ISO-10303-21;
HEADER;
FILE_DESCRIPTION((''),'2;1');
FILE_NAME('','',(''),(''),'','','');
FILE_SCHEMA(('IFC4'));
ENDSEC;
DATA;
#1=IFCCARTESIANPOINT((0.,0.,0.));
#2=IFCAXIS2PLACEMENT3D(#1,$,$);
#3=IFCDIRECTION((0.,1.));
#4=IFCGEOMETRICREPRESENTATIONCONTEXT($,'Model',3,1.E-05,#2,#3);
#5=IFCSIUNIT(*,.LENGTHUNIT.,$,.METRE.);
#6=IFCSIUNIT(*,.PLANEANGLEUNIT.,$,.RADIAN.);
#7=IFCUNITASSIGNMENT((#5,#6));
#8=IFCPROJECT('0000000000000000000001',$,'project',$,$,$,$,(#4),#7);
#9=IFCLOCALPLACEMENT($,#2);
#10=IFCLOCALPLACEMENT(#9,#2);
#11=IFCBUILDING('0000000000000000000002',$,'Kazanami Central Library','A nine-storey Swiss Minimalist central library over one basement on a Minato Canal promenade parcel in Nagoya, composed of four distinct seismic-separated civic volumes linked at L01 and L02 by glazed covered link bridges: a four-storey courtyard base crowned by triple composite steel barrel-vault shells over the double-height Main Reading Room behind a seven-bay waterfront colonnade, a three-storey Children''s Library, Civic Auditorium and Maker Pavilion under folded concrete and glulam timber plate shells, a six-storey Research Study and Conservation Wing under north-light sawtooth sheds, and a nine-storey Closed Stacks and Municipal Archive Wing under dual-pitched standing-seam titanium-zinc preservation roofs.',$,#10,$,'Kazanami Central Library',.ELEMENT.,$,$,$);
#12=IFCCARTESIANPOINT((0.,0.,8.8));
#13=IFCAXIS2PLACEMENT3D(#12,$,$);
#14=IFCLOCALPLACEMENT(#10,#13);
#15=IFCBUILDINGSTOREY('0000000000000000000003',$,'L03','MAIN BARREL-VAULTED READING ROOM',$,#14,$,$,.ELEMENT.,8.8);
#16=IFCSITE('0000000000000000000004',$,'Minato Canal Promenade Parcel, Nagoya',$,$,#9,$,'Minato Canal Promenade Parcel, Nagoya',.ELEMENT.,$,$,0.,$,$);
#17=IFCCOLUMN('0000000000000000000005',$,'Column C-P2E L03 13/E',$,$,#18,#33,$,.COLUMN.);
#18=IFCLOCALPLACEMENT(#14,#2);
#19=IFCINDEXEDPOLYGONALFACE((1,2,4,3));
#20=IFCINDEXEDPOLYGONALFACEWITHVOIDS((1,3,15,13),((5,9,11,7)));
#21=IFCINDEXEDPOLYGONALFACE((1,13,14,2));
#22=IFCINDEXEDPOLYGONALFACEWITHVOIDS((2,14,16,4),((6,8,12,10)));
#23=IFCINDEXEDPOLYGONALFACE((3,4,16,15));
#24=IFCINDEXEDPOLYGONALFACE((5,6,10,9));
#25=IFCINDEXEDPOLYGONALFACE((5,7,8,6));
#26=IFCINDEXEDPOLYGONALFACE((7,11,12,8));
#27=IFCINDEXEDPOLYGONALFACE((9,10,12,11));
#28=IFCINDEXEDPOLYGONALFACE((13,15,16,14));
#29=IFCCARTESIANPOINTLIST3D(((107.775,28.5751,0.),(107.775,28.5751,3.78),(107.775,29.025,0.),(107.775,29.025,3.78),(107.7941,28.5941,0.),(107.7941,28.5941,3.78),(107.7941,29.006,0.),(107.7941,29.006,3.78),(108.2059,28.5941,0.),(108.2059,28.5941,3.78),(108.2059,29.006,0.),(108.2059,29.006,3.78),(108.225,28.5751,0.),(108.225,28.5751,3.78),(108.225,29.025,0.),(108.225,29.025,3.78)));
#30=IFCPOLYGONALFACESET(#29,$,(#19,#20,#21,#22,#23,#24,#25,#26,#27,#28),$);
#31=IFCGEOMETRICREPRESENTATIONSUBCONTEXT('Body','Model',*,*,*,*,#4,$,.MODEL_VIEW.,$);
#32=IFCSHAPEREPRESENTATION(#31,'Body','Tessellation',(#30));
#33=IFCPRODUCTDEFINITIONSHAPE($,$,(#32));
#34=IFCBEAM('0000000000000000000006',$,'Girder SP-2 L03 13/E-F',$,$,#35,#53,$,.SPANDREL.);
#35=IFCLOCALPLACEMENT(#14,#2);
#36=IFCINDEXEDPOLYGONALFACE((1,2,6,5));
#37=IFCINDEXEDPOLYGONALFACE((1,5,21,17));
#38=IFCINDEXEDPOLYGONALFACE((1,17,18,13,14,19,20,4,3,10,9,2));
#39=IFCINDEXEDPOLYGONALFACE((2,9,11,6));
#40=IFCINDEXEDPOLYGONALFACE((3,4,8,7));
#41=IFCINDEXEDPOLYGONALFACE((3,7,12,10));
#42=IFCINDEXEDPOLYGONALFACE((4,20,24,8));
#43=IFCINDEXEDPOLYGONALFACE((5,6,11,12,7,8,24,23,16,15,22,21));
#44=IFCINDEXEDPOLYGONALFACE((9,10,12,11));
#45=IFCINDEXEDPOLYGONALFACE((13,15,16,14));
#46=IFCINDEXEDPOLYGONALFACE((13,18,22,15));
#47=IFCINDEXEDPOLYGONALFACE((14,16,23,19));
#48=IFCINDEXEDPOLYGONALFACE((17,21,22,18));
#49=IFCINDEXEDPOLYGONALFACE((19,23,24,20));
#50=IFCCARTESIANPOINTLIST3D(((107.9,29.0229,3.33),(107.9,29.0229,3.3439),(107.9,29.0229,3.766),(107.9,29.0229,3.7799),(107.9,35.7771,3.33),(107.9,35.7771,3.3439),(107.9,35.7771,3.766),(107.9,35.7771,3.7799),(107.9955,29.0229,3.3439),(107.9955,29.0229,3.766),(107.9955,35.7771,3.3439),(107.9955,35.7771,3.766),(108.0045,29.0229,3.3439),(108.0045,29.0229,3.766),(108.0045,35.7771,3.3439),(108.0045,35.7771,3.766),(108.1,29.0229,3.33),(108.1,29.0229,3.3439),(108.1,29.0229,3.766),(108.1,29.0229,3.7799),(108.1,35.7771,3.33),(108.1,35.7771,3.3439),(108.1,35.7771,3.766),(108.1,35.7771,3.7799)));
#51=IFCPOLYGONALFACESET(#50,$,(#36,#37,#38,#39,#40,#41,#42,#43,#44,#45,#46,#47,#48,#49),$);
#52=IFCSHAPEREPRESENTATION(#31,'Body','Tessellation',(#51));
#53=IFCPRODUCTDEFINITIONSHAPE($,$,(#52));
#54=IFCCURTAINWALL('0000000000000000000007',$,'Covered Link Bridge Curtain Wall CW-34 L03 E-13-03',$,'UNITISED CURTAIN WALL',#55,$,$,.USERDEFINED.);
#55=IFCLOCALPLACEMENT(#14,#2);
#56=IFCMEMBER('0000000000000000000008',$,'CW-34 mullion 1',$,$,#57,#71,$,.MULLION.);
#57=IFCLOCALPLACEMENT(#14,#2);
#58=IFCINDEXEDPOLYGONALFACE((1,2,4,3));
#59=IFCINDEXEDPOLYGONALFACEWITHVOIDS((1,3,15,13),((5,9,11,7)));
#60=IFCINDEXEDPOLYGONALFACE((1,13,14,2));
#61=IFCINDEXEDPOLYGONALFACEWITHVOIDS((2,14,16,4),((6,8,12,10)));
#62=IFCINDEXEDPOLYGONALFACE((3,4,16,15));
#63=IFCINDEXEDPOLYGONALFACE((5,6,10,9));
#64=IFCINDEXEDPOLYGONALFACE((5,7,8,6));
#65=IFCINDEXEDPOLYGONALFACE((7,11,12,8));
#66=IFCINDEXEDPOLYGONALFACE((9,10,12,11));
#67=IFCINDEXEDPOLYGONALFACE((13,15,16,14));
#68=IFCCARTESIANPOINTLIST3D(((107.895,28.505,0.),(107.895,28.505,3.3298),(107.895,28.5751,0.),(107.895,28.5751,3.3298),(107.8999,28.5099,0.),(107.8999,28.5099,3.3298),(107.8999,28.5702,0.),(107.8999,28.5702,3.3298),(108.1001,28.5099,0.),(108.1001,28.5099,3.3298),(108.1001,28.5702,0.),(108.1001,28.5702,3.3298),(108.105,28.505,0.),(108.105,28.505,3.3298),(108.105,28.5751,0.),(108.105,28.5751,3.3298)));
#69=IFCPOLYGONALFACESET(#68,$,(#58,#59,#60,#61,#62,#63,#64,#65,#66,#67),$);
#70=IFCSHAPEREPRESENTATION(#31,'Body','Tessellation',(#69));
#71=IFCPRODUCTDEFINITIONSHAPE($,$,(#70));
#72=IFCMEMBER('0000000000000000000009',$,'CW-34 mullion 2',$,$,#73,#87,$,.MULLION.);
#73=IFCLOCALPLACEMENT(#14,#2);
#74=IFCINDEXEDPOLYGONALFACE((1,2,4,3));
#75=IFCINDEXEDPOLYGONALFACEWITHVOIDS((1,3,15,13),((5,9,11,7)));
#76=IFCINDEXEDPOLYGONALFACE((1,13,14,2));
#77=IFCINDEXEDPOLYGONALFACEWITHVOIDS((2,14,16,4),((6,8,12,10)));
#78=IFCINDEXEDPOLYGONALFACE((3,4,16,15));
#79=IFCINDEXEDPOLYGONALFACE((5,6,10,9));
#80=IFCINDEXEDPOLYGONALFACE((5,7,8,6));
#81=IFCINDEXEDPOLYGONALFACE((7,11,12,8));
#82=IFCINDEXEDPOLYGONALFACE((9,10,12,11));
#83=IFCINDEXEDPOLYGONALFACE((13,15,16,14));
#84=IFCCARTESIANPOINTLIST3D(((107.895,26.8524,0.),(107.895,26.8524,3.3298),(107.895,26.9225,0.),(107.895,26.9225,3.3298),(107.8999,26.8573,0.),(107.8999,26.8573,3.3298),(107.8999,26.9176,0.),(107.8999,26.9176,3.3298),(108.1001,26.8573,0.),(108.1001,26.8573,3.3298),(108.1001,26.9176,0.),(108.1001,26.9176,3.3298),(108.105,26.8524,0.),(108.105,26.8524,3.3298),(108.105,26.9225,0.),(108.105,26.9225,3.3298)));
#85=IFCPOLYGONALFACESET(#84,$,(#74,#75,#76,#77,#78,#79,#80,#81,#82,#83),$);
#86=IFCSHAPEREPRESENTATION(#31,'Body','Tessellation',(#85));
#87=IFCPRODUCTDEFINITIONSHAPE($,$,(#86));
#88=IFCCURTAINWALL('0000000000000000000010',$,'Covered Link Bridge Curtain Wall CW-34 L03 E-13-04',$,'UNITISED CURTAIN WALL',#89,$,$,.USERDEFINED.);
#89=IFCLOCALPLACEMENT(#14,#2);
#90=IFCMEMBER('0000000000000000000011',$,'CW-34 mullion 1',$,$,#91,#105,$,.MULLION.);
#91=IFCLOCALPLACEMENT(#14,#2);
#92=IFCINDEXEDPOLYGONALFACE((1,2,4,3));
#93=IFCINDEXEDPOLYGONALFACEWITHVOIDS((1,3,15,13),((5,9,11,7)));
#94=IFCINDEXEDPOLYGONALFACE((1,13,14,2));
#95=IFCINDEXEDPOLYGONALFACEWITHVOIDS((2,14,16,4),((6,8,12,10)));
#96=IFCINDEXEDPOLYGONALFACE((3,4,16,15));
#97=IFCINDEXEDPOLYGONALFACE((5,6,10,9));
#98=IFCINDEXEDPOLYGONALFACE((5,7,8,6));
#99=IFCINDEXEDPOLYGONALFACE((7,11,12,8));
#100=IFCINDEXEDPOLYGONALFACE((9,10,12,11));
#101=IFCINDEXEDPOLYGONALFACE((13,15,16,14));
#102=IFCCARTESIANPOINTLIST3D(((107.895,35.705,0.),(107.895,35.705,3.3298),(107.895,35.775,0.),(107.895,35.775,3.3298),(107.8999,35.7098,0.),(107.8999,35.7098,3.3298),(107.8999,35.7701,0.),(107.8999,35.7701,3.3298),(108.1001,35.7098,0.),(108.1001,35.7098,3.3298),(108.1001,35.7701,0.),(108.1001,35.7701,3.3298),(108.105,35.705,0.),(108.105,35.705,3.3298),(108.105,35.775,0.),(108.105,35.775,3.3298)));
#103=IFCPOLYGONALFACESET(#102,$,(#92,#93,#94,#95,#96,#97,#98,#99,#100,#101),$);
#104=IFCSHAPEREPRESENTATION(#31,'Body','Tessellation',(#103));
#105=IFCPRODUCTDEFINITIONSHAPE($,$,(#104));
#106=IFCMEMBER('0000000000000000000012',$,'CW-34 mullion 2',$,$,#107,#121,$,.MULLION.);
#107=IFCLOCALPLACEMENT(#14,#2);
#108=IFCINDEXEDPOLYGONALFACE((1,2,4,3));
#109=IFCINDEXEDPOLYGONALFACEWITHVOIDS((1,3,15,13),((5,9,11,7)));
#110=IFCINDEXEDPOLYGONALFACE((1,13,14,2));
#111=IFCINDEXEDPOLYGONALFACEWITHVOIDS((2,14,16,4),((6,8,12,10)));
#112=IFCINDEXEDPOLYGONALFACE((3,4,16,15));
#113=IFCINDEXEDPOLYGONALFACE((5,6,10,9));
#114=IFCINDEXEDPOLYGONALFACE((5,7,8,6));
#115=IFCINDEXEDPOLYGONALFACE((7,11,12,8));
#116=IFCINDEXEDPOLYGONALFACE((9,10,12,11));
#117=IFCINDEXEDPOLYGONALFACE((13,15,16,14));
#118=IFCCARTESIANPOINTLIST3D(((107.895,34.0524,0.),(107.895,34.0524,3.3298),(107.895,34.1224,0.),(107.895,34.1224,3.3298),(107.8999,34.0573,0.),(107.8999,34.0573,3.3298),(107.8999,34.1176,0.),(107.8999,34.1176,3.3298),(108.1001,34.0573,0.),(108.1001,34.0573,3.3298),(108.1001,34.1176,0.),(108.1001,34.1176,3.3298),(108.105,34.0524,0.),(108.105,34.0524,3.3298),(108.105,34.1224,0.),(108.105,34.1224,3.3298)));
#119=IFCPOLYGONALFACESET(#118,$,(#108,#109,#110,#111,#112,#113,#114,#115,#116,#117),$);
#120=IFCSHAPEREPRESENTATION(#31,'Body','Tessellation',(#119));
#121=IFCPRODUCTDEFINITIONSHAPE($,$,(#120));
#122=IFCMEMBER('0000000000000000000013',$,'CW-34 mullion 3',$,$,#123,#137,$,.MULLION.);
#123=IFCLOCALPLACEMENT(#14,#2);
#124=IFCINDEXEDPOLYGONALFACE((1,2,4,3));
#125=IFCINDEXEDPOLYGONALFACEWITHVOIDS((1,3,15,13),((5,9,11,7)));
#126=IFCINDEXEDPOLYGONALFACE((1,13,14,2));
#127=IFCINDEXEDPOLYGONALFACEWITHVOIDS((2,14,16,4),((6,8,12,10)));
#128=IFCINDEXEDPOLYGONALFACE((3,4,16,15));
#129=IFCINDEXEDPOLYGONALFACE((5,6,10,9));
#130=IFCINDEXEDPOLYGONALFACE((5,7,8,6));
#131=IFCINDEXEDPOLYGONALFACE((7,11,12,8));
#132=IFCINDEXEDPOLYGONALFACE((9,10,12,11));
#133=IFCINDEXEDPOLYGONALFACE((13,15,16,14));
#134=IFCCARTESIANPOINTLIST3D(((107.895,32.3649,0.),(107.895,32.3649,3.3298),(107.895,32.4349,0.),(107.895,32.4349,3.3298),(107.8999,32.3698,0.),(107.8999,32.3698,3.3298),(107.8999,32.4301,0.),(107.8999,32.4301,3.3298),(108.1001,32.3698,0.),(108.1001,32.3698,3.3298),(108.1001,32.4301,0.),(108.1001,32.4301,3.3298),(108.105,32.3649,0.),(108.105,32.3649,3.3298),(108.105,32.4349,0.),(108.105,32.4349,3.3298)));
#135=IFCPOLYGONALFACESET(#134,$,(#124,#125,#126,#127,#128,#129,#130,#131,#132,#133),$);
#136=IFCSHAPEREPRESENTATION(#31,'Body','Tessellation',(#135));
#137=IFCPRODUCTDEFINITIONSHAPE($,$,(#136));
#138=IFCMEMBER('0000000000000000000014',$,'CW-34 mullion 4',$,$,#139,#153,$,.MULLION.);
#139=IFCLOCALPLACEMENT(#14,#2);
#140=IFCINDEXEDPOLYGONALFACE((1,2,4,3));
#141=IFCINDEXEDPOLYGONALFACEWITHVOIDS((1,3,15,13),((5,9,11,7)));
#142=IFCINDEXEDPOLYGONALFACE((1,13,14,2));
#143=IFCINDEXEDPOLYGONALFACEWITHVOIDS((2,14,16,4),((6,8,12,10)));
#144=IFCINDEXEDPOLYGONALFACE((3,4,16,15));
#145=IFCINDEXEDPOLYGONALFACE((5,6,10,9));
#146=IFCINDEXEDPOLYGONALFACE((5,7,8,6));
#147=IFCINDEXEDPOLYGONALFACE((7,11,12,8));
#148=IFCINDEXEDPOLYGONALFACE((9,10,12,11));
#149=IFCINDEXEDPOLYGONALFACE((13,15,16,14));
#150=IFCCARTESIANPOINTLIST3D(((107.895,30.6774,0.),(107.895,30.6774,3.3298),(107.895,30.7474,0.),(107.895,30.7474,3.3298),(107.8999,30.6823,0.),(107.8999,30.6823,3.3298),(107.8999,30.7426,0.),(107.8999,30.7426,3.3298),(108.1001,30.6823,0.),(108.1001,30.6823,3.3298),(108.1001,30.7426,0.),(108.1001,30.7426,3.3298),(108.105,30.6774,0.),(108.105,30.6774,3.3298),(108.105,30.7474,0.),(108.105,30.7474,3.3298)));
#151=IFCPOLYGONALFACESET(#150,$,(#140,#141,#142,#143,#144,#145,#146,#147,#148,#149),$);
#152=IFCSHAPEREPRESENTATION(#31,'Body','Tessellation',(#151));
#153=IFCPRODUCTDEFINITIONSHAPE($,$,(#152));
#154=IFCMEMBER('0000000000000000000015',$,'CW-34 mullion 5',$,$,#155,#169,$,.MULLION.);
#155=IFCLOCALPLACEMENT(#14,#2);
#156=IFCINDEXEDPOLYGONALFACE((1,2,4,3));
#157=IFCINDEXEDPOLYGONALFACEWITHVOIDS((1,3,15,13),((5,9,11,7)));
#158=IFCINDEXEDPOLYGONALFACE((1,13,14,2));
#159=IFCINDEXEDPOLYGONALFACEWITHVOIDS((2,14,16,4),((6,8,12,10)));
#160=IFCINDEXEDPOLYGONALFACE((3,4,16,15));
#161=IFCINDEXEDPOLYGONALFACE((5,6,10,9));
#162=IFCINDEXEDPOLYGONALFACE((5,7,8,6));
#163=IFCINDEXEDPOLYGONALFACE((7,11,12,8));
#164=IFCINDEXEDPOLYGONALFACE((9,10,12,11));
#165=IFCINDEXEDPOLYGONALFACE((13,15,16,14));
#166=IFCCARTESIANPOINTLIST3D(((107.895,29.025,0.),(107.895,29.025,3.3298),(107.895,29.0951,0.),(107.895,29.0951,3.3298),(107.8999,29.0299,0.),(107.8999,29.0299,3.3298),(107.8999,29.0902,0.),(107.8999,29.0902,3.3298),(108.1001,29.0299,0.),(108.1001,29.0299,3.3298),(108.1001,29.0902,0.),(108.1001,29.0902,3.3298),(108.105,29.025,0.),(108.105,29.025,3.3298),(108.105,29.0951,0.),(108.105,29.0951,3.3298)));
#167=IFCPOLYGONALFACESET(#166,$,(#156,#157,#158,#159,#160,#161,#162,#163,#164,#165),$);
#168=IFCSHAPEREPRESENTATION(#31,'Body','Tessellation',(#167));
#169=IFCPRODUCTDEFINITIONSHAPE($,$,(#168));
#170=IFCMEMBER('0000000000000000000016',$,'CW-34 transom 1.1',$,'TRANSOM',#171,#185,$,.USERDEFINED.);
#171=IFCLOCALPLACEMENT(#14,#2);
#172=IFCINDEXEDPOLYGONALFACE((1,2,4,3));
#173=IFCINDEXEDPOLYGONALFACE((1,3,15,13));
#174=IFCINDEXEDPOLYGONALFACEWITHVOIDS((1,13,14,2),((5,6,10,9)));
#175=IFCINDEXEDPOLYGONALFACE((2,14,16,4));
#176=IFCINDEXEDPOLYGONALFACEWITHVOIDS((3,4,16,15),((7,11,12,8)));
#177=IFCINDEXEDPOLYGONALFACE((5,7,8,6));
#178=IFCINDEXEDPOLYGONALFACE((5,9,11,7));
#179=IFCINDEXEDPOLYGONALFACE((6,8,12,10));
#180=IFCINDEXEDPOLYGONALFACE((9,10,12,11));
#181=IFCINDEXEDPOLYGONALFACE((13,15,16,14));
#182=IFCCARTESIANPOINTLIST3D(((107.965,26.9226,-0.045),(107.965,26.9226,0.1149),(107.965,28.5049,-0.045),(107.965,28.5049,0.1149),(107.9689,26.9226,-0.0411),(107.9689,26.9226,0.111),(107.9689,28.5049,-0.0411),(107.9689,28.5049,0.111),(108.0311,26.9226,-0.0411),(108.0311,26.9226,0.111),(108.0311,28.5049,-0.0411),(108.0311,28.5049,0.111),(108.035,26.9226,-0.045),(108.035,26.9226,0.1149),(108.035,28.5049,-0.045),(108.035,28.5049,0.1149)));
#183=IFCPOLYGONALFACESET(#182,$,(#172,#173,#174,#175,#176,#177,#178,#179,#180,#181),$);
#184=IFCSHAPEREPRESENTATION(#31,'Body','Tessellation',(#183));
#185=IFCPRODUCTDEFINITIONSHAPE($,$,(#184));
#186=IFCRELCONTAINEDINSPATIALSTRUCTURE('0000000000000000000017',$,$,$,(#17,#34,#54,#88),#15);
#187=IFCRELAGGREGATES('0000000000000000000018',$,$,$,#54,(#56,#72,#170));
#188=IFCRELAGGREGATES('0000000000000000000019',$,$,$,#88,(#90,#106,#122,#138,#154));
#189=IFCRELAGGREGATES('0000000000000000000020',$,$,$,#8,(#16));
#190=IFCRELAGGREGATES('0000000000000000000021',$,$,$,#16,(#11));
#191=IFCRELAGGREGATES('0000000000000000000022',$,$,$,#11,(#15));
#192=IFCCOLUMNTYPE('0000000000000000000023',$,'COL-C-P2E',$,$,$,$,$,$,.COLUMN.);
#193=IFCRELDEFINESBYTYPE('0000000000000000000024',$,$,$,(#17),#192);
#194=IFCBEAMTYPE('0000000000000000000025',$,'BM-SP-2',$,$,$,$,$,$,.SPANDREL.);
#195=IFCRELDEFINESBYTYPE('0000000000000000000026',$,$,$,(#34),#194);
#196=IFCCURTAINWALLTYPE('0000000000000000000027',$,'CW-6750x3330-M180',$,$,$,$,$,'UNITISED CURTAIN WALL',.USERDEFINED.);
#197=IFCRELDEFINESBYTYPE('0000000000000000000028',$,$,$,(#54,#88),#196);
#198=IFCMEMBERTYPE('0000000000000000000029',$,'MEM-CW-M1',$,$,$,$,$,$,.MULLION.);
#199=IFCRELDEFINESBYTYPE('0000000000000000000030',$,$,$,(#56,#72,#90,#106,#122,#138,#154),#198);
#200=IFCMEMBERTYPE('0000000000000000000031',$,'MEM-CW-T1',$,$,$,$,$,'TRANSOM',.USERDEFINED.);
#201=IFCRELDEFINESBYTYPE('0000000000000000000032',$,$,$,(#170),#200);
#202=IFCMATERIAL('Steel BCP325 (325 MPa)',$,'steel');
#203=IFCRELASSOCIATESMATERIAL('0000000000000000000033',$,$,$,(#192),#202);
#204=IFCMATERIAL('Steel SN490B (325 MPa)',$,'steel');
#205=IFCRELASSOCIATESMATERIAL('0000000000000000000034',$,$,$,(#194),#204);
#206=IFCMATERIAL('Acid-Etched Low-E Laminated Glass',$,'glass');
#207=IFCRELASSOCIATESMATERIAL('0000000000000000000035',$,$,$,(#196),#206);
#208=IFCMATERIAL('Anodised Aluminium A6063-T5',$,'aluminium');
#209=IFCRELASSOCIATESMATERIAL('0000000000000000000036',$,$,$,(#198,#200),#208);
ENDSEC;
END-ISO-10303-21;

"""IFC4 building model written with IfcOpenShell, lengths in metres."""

from ifc_helpers import new_model, si_unit, direction, frame, origin, origin_2d, place, context, subcontext, project, spatial, hollow_rectangle, i_section, extrude, material, material_profile, profile_set, type_object, element, aggregate, save


model = new_model("IFC4")

# Units and contexts
model_context = context("Model", 3, precision=1e-05, world=origin(), true_north=direction((0.0, 1.0)))
body_context = subcontext(model_context, "Body", "Model", "MODEL_VIEW")
ifc_project = project(units=[si_unit("LENGTHUNIT", "METRE"), si_unit("PLANEANGLEUNIT", "RADIAN")], contexts=[model_context])

# Site, building, storey
site_placement = place(None, origin())
site = spatial("IfcSite", under=ifc_project, at=site_placement, Name="Minato Canal Promenade Parcel, Nagoya", LongName="Minato Canal Promenade Parcel, Nagoya", CompositionType="ELEMENT", RefElevation=0.0)
building_placement = place(site_placement, origin())
building = spatial("IfcBuilding", under=site, at=building_placement, Name="Kazanami Central Library", Description="A nine-storey Swiss Minimalist central library over one basement on a Minato Canal promenade parcel in Nagoya, composed of four distinct seismic-separated civic volumes linked at L01 and L02 by glazed covered link bridges: a four-storey courtyard base crowned by triple composite steel barrel-vault shells over the double-height Main Reading Room behind a seven-bay waterfront colonnade, a three-storey Children's Library, Civic Auditorium and Maker Pavilion under folded concrete and glulam timber plate shells, a six-storey Research Study and Conservation Wing under north-light sawtooth sheds, and a nine-storey Closed Stacks and Municipal Archive Wing under dual-pitched standing-seam titanium-zinc preservation roofs.", LongName="Kazanami Central Library", CompositionType="ELEMENT")
storey_placement = place(building_placement, frame((0.0, 0.0, 8.8)))
storey = spatial("IfcBuildingStorey", under=building, at=storey_placement, Name="L03", Description="MAIN BARREL-VAULTED READING ROOM", CompositionType="ELEMENT", Elevation=8.8)

# Column
ifc_material_1 = material(Name="Steel BCP325 (325 MPa)", Category="steel")
ifc_material_profile_1 = material_profile(ifc_material_1, hollow_rectangle(XDim=0.45, YDim=0.45, WallThickness=0.019, at=origin_2d()), Name="BCP-450x450x19")
ifc_profile_set_1 = profile_set([ifc_material_profile_1], Name="Steel BCP325 (325 MPa)")
column_type = type_object("IfcColumnType", Name="COL-C-P2E", PredefinedType="COLUMN", material=ifc_profile_set_1)
column_placement = place(storey_placement, frame((108.0, 28.8, 0.0), z_axis=(0.0, 0.0, 1.0), x_axis=(1.0, 0.0, 0.0)))
element("IfcColumn", 1, at=column_placement, inside=storey, type_object=column_type, Name="Column C-P2E L03 13/E", PredefinedType="COLUMN", context=body_context, shape_type="SweptSolid", body=[
    extrude(hollow_rectangle(XDim=0.45, YDim=0.45, WallThickness=0.019, at=origin_2d()), origin(), (0.0, 0.0, 1.0), 3.78),
])

# Beam
ifc_material_2 = material(Name="Steel SN490B (325 MPa)", Category="steel")
ifc_material_profile_2 = material_profile(ifc_material_2, i_section(OverallWidth=0.2, OverallDepth=0.45, WebThickness=0.009, FlangeThickness=0.0139, at=origin_2d()), Name="H-450x200x9x14")
ifc_profile_set_2 = profile_set([ifc_material_profile_2], Name="Steel SN490B (325 MPa)")
beam_type = type_object("IfcBeamType", Name="BM-SP-2", PredefinedType="SPANDREL", material=ifc_profile_set_2)
beam_placement = place(storey_placement, frame((108.0, 29.0229, 3.5549), z_axis=(0.0, 1.0, 0.0), x_axis=(-1.0, 0.0, 0.0)))
element("IfcBeam", 2, at=beam_placement, inside=storey, type_object=beam_type, Name="Girder SP-2 L03 13/E-F", PredefinedType="SPANDREL", context=body_context, shape_type="SweptSolid", body=[
    extrude(i_section(OverallWidth=0.2, OverallDepth=0.45, WebThickness=0.009, FlangeThickness=0.0139, at=origin_2d()), origin(), (0.0, 0.0, 1.0), 6.7542),
])

# Curtain walls, members
ifc_material_3 = material(Name="Acid-Etched Low-E Laminated Glass", Category="glass")
curtain_wall_type = type_object("IfcCurtainWallType", Name="CW-6750x3330-M180", ElementType="UNITISED CURTAIN WALL", PredefinedType="USERDEFINED", material=ifc_material_3)
curtain_wall_1_placement = place(storey_placement, origin())
curtain_wall_1 = element("IfcCurtainWall", 3, at=curtain_wall_1_placement, inside=storey, type_object=curtain_wall_type, Name="Covered Link Bridge Curtain Wall CW-34 L03 E-13-03", ObjectType="UNITISED CURTAIN WALL", PredefinedType="USERDEFINED")
ifc_material_4 = material(Name="Anodised Aluminium A6063-T5", Category="aluminium")
ifc_material_profile_3 = material_profile(ifc_material_4, hollow_rectangle(XDim=0.0701, YDim=0.21, WallThickness=0.0049, at=origin_2d()), Name="ALU-MULL-70x210x5")
ifc_profile_set_3 = profile_set([ifc_material_profile_3], Name="Anodised Aluminium A6063-T5")
member_type_1 = type_object("IfcMemberType", Name="MEM-CW-M1", PredefinedType="MULLION", material=ifc_profile_set_3)
member_1_placement = place(storey_placement, frame((108.0, 28.54, 0.0), z_axis=(0.0, 0.0, 1.0), x_axis=(0.0, -1.0, 0.0)))
member_1 = element("IfcMember", 4, at=member_1_placement, type_object=member_type_1, Name="CW-34 mullion 1", PredefinedType="MULLION", context=body_context, shape_type="SweptSolid", body=[
    extrude(hollow_rectangle(XDim=0.0701, YDim=0.21, WallThickness=0.0049, at=origin_2d()), origin(), (0.0, 0.0, 1.0), 3.3298),
])
member_2_placement = place(storey_placement, frame((108.0, 26.8875, 0.0), z_axis=(0.0, 0.0, 1.0), x_axis=(0.0, -1.0, 0.0)))
member_2 = element("IfcMember", 5, at=member_2_placement, type_object=member_type_1, Name="CW-34 mullion 2", PredefinedType="MULLION", context=body_context, shape_type="SweptSolid", body=[
    extrude(hollow_rectangle(XDim=0.0701, YDim=0.21, WallThickness=0.0049, at=origin_2d()), origin(), (0.0, 0.0, 1.0), 3.3298),
])
curtain_wall_2_placement = place(storey_placement, origin())
curtain_wall_2 = element("IfcCurtainWall", 6, at=curtain_wall_2_placement, inside=storey, type_object=curtain_wall_type, Name="Covered Link Bridge Curtain Wall CW-34 L03 E-13-04", ObjectType="UNITISED CURTAIN WALL", PredefinedType="USERDEFINED")
member_3_placement = place(storey_placement, frame((108.0, 35.74, 0.0), z_axis=(0.0, 0.0, 1.0), x_axis=(0.0, -1.0, 0.0)))
member_3 = element("IfcMember", 7, at=member_3_placement, type_object=member_type_1, Name="CW-34 mullion 1", PredefinedType="MULLION", context=body_context, shape_type="SweptSolid", body=[
    extrude(hollow_rectangle(XDim=0.0701, YDim=0.21, WallThickness=0.0049, at=origin_2d()), origin(), (0.0, 0.0, 1.0), 3.3298),
])
member_4_placement = place(storey_placement, frame((108.0, 34.0874, 0.0), z_axis=(0.0, 0.0, 1.0), x_axis=(0.0, -1.0, 0.0)))
member_4 = element("IfcMember", 8, at=member_4_placement, type_object=member_type_1, Name="CW-34 mullion 2", PredefinedType="MULLION", context=body_context, shape_type="SweptSolid", body=[
    extrude(hollow_rectangle(XDim=0.0701, YDim=0.21, WallThickness=0.0049, at=origin_2d()), origin(), (0.0, 0.0, 1.0), 3.3298),
])
member_5_placement = place(storey_placement, frame((108.0, 32.3999, 0.0), z_axis=(0.0, 0.0, 1.0), x_axis=(0.0, -1.0, 0.0)))
member_5 = element("IfcMember", 9, at=member_5_placement, type_object=member_type_1, Name="CW-34 mullion 3", PredefinedType="MULLION", context=body_context, shape_type="SweptSolid", body=[
    extrude(hollow_rectangle(XDim=0.0701, YDim=0.21, WallThickness=0.0049, at=origin_2d()), origin(), (0.0, 0.0, 1.0), 3.3298),
])
member_6_placement = place(storey_placement, frame((108.0, 30.7124, 0.0), z_axis=(0.0, 0.0, 1.0), x_axis=(0.0, -1.0, 0.0)))
member_6 = element("IfcMember", 10, at=member_6_placement, type_object=member_type_1, Name="CW-34 mullion 4", PredefinedType="MULLION", context=body_context, shape_type="SweptSolid", body=[
    extrude(hollow_rectangle(XDim=0.0701, YDim=0.21, WallThickness=0.0049, at=origin_2d()), origin(), (0.0, 0.0, 1.0), 3.3298),
])
member_7_placement = place(storey_placement, frame((108.0, 29.0601, 0.0), z_axis=(0.0, 0.0, 1.0), x_axis=(0.0, -1.0, 0.0)))
member_7 = element("IfcMember", 11, at=member_7_placement, type_object=member_type_1, Name="CW-34 mullion 5", PredefinedType="MULLION", context=body_context, shape_type="SweptSolid", body=[
    extrude(hollow_rectangle(XDim=0.0701, YDim=0.21, WallThickness=0.0049, at=origin_2d()), origin(), (0.0, 0.0, 1.0), 3.3298),
])

# Member
ifc_material_profile_4 = material_profile(ifc_material_4, hollow_rectangle(XDim=0.0701, YDim=0.1599, WallThickness=0.0039, at=origin_2d()), Name="ALU-TRAN-70x160x4")
ifc_profile_set_4 = profile_set([ifc_material_profile_4], Name="Anodised Aluminium A6063-T5")
member_type_2 = type_object("IfcMemberType", Name="MEM-CW-T1", ElementType="TRANSOM", PredefinedType="USERDEFINED", material=ifc_profile_set_4)
member_8_placement = place(storey_placement, frame((108.0, 28.5049, 0.0349), z_axis=(0.0, -1.0, 0.0), x_axis=(1.0, 0.0, 0.0)))
member_8 = element("IfcMember", 12, at=member_8_placement, type_object=member_type_2, Name="CW-34 transom 1.1", ObjectType="TRANSOM", PredefinedType="USERDEFINED", context=body_context, shape_type="SweptSolid", body=[
    extrude(hollow_rectangle(XDim=0.0701, YDim=0.1599, WallThickness=0.0039, at=origin_2d()), origin(), (0.0, 0.0, 1.0), 1.5823),
])

aggregate(curtain_wall_1, [member_1, member_2, member_8])
aggregate(curtain_wall_2, [member_3, member_4, member_5, member_6, member_7])

save(model, "model.ifc")
